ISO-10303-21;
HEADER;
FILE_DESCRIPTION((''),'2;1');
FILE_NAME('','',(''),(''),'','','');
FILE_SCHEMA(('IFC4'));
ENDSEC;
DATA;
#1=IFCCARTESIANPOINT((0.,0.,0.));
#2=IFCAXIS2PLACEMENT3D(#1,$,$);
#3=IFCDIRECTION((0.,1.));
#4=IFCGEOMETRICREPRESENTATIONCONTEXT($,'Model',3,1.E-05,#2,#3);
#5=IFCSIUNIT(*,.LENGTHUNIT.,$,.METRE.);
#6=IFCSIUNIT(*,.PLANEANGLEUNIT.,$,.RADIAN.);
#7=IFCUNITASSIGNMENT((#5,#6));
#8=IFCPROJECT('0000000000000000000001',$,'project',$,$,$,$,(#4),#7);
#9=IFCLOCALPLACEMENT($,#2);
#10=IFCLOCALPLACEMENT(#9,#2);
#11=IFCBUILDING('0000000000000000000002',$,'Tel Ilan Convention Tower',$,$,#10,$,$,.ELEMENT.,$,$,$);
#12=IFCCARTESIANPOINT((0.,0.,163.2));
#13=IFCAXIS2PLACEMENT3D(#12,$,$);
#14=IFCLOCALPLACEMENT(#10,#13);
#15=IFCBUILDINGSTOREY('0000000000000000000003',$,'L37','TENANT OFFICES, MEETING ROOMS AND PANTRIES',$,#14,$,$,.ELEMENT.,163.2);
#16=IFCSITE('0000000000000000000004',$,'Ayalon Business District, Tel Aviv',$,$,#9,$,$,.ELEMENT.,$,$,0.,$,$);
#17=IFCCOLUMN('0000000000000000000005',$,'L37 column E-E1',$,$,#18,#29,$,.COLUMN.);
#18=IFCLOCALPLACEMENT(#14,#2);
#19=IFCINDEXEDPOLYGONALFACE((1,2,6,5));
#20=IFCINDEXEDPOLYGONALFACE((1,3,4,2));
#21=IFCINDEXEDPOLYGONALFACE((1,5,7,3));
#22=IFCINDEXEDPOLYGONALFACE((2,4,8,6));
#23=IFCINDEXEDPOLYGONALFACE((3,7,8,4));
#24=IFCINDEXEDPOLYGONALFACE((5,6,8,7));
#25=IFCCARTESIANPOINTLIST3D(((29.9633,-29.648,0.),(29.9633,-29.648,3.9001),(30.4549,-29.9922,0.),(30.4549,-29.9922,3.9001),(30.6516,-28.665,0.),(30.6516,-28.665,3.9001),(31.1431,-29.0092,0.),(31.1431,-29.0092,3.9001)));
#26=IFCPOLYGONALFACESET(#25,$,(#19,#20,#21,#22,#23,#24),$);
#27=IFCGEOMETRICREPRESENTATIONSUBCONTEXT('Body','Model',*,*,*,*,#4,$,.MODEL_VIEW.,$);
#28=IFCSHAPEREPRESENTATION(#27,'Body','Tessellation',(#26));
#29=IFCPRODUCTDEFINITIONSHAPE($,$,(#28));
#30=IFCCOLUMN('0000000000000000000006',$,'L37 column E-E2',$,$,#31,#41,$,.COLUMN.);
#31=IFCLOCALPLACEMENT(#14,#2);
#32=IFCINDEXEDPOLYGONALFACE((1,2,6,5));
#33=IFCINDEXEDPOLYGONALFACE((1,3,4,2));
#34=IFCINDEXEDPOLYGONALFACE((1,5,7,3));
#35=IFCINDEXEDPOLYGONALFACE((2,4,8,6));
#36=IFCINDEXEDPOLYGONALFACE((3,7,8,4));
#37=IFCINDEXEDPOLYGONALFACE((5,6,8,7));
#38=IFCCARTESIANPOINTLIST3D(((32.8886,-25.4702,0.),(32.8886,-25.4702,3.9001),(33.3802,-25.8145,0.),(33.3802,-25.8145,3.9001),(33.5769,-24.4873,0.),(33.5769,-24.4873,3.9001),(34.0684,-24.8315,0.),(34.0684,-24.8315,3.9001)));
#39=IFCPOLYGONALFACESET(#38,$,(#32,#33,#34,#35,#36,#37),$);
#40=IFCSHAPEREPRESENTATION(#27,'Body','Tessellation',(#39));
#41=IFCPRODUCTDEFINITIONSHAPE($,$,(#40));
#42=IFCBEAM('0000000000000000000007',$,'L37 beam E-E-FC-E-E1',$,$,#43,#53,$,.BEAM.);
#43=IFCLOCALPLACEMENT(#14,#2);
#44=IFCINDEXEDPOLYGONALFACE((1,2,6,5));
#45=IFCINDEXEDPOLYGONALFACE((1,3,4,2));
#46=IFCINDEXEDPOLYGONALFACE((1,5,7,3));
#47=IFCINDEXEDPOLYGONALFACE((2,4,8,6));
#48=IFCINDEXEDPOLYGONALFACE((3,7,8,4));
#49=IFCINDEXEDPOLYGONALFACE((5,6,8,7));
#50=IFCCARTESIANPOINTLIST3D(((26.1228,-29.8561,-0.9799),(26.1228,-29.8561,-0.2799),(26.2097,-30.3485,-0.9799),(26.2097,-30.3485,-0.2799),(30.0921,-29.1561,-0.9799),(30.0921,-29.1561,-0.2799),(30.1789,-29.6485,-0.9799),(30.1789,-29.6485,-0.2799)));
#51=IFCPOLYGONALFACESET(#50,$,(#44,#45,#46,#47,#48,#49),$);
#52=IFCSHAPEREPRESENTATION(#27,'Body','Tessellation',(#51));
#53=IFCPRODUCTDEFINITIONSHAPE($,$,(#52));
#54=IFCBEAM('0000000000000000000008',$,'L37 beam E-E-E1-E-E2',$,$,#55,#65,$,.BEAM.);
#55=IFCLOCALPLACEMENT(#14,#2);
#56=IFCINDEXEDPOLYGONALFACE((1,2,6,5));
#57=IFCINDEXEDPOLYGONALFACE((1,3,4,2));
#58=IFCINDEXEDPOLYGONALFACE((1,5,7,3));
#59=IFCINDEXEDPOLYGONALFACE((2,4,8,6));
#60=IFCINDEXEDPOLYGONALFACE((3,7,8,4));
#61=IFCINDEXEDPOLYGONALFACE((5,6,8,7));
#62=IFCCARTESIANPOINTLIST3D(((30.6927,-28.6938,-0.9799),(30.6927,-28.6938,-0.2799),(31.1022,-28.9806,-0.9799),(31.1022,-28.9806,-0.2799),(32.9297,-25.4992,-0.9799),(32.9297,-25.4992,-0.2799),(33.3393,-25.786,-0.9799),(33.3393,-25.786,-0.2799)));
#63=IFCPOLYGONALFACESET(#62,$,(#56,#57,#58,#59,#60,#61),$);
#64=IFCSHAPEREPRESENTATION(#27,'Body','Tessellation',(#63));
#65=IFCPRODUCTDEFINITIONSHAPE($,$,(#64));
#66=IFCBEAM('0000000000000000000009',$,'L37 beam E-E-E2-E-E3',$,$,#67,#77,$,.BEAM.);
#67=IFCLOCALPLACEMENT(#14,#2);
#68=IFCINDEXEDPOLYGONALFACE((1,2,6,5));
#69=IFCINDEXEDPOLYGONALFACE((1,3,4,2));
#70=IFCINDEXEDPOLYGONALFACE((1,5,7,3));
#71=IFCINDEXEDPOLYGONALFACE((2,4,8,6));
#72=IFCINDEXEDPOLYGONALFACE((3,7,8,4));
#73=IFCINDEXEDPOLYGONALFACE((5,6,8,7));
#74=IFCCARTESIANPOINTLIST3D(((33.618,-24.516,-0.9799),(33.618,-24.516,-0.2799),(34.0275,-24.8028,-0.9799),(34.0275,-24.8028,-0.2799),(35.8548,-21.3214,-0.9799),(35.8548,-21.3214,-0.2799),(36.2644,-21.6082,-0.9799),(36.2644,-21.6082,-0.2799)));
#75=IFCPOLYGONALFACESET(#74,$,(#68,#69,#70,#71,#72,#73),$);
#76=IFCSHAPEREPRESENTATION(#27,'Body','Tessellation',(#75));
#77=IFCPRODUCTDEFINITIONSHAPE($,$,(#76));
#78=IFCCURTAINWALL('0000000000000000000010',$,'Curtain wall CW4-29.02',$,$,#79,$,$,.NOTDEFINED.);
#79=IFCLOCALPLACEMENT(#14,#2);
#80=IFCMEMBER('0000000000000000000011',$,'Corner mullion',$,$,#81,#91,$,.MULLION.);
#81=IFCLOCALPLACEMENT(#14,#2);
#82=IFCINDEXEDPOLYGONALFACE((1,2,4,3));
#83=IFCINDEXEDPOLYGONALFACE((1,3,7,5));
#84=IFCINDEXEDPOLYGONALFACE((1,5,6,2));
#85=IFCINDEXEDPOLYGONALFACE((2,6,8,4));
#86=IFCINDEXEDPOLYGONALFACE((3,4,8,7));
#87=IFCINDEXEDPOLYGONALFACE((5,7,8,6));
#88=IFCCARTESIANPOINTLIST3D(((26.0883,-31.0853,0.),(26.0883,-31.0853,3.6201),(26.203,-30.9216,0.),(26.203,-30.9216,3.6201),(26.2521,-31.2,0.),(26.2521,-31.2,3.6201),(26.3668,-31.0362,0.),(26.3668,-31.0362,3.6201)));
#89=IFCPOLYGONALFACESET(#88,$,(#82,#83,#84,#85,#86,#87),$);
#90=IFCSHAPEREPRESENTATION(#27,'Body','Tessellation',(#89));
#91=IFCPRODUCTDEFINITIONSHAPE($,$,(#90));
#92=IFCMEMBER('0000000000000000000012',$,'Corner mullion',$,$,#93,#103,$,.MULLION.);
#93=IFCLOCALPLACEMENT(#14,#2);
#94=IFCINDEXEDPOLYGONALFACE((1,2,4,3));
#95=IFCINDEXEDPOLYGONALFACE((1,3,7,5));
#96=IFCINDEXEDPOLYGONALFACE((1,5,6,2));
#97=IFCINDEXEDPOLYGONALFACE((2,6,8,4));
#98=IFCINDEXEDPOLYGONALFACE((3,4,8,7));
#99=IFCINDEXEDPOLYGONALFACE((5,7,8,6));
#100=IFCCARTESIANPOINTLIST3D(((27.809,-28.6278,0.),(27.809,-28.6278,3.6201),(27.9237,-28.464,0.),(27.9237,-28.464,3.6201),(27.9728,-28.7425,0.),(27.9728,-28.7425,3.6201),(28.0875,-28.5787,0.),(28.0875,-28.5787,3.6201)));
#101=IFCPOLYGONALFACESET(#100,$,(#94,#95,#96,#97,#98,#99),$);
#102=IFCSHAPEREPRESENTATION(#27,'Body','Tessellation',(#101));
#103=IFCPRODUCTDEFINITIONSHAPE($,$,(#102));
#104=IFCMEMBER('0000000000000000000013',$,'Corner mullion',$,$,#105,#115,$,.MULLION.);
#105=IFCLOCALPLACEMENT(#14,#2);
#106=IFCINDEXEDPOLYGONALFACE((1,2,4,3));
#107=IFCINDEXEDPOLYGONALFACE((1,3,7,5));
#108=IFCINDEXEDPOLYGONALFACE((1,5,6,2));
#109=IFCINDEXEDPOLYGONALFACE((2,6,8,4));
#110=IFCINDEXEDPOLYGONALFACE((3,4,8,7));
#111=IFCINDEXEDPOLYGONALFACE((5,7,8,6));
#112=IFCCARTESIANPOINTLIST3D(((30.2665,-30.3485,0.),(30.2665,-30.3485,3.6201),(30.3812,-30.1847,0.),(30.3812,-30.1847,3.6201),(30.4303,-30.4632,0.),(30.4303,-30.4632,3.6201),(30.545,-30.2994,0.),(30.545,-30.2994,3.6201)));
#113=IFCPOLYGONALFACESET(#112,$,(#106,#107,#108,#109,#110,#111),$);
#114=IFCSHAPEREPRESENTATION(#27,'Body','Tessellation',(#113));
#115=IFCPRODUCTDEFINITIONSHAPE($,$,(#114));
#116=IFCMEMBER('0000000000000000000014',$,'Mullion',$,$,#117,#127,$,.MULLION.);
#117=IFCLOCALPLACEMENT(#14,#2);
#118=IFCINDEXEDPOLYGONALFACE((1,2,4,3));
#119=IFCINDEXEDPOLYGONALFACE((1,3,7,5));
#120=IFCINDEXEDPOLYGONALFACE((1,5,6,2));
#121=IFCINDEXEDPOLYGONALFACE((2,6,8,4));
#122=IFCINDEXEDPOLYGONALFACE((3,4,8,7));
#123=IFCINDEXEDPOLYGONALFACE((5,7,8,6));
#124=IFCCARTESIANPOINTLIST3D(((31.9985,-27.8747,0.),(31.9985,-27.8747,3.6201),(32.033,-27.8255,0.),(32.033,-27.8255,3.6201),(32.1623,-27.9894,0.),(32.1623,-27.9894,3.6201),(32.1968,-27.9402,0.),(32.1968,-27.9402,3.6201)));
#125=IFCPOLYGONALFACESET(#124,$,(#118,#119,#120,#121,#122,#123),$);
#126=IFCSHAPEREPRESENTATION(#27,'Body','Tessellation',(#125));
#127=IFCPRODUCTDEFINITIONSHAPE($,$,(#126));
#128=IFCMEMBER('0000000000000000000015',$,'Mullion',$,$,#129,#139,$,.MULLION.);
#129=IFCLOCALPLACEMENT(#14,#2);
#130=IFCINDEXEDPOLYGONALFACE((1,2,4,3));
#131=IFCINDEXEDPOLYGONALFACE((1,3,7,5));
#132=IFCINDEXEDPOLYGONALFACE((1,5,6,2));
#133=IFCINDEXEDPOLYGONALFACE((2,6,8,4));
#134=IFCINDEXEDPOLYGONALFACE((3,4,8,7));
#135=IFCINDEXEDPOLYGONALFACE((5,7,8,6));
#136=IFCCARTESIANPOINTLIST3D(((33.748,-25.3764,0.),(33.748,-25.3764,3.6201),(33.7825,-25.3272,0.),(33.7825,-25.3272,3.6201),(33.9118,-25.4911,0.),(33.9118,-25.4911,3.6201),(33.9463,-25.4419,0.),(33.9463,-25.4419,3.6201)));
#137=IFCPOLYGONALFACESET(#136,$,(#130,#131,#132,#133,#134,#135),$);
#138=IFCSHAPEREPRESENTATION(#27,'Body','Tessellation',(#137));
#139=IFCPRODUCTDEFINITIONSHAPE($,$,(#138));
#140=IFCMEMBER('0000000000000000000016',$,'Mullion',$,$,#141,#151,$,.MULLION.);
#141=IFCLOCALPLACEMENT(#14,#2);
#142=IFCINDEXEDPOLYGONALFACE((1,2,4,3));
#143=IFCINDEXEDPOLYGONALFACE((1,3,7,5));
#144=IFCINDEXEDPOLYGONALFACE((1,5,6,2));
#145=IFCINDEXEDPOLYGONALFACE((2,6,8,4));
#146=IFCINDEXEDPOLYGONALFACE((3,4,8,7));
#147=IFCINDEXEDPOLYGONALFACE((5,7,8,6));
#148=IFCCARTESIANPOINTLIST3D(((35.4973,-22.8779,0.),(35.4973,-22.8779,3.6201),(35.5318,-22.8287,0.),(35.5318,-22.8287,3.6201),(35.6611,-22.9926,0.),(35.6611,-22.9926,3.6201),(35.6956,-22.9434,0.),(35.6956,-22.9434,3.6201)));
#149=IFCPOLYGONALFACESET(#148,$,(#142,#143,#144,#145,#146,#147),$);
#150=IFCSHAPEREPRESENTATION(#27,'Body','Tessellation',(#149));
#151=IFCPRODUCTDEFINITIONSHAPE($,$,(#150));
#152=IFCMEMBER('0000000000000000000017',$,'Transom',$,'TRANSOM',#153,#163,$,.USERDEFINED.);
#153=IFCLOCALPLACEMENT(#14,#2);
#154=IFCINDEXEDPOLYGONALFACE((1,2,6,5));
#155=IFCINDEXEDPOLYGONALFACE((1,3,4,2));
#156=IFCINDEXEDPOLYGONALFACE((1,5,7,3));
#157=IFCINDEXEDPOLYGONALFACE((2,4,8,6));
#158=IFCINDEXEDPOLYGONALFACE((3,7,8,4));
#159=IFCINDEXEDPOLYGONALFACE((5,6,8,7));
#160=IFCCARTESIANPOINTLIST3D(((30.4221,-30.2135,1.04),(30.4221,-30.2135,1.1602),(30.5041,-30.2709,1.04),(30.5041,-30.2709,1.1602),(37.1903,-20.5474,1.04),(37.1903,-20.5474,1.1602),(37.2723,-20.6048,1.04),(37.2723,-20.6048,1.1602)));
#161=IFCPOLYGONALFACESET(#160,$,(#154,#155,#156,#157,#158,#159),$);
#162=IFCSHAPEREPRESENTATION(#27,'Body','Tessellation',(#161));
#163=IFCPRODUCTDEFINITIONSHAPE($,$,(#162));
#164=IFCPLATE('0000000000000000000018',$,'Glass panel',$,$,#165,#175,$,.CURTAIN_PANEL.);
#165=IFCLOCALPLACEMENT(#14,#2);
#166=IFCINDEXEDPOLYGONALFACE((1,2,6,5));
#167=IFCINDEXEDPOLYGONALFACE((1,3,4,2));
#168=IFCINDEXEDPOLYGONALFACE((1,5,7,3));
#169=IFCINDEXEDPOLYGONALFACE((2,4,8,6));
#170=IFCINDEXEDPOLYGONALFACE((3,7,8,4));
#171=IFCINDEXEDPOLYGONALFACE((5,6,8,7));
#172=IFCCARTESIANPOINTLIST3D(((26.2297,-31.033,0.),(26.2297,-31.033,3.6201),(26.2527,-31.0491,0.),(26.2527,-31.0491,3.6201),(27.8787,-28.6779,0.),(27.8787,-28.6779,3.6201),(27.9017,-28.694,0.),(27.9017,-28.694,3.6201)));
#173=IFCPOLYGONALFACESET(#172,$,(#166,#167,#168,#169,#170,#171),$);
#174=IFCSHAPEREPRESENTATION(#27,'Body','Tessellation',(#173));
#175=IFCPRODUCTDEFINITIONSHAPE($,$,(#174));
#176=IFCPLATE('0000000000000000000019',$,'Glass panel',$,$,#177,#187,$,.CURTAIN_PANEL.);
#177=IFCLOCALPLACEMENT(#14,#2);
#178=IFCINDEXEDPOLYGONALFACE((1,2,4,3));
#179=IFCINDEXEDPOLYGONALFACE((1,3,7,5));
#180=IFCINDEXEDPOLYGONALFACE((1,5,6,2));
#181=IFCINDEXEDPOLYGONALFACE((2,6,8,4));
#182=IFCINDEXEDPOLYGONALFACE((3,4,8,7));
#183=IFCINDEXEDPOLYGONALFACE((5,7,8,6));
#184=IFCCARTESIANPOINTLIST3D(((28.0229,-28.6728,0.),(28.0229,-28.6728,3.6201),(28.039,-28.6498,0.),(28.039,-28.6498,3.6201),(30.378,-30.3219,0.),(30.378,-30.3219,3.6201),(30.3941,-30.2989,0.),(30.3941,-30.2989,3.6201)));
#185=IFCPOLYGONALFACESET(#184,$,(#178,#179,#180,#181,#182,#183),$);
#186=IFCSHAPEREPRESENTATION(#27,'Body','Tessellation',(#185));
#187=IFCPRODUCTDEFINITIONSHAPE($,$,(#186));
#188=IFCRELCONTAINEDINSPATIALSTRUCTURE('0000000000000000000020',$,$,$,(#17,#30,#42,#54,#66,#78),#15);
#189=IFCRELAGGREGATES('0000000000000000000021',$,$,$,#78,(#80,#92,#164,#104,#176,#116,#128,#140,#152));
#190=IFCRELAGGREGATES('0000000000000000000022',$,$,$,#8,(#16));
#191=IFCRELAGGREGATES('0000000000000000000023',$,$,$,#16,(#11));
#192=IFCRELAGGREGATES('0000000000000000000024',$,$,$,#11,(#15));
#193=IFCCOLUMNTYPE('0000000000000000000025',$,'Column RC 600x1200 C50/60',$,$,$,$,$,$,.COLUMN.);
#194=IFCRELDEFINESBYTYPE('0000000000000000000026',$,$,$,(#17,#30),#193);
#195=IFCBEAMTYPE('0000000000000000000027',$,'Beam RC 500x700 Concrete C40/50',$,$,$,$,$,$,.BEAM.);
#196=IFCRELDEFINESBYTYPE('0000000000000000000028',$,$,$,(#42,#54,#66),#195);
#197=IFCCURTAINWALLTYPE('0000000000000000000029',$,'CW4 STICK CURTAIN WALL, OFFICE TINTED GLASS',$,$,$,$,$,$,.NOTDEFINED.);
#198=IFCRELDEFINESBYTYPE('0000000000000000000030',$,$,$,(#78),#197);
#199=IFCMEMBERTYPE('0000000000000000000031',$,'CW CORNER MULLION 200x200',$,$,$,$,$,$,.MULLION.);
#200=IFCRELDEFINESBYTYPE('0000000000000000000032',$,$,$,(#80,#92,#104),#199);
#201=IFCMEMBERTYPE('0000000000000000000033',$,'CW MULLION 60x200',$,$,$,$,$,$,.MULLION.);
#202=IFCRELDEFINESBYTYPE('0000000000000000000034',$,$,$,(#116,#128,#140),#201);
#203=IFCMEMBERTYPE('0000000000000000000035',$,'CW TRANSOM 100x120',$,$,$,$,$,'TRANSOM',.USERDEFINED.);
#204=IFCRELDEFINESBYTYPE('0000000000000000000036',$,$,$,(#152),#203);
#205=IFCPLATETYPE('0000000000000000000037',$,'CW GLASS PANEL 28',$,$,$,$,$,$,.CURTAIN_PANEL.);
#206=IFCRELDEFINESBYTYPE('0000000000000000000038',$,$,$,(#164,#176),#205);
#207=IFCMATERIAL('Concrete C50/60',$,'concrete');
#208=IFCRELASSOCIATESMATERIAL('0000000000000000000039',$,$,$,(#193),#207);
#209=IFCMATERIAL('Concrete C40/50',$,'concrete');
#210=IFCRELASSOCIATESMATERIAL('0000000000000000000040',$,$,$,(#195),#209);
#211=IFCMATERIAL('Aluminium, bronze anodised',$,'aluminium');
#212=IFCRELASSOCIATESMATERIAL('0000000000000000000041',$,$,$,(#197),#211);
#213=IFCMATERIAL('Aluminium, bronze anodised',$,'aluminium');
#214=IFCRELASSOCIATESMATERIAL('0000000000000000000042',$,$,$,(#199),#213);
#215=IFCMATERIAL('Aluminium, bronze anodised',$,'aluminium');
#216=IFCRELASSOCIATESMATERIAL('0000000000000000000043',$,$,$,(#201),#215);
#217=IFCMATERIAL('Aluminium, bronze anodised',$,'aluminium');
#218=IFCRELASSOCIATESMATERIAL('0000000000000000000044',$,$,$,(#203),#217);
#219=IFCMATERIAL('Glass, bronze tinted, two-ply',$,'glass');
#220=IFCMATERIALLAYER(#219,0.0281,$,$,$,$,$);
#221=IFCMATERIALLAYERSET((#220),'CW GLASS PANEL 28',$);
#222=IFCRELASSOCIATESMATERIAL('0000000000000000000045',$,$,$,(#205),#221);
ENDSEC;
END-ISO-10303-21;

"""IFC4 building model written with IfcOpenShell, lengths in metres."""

from ifc_helpers import new_model, si_unit, direction, frame, origin, origin_2d, place, context, subcontext, project, spatial, rectangle, extrude, material, layer, layer_set, material_profile, profile_set, type_object, element, aggregate, save


model = new_model("IFC4")

# Units and contexts
model_context = context("Model", 3, precision=1e-05, world=origin(), true_north=direction((0.0, 1.0)))
body_context = subcontext(model_context, "Body", "Model", "MODEL_VIEW")
ifc_project = project(units=[si_unit("LENGTHUNIT", "METRE"), si_unit("PLANEANGLEUNIT", "RADIAN")], contexts=[model_context])

# Site, building, storey
site_placement = place(None, origin())
site = spatial("IfcSite", under=ifc_project, at=site_placement, Name="Ayalon Business District, Tel Aviv", CompositionType="ELEMENT", RefElevation=0.0)
building_placement = place(site_placement, origin())
building = spatial("IfcBuilding", under=site, at=building_placement, Name="Tel Ilan Convention Tower", CompositionType="ELEMENT")
storey_placement = place(building_placement, frame((0.0, 0.0, 163.2)))
storey = spatial("IfcBuildingStorey", under=building, at=storey_placement, Name="L37", Description="TENANT OFFICES, MEETING ROOMS AND PANTRIES", CompositionType="ELEMENT", Elevation=163.2)

# Columns
ifc_material_1 = material(Name="Concrete C50/60", Category="concrete")
ifc_material_profile_1 = material_profile(ifc_material_1, rectangle(XDim=1.2, YDim=0.6001, at=origin_2d()), Name="RC 600x1200")
ifc_profile_set_1 = profile_set([ifc_material_profile_1], Name="Concrete C50/60")
column_type = type_object("IfcColumnType", Name="Column RC 600x1200 C50/60", PredefinedType="COLUMN", material=ifc_profile_set_1)
for number, where, z_axis, x_axis, name in (
    (1, (30.5532, -29.3286, 0.0), (0.0, 0.0, 1.0), (0.573576, 0.819152, 0.0), "L37 column E-E1"),
    (2, (33.4785, -25.1509, 0.0), (0.0, 0.0, 1.0), (0.573576, 0.819152, 0.0), "L37 column E-E2"),
):
    element("IfcColumn", number, at=place(storey_placement, frame(where, z_axis=z_axis, x_axis=x_axis)), inside=storey, type_object=column_type, Name=name, PredefinedType="COLUMN", context=body_context, shape_type="SweptSolid", body=[
        extrude(rectangle(XDim=1.2, YDim=0.6001, at=origin_2d()), origin(), (0.0, 0.0, 1.0), 3.9001),
    ])

# Beams
ifc_material_2 = material(Name="Concrete C40/50", Category="concrete")
ifc_material_profile_2 = material_profile(ifc_material_2, rectangle(XDim=0.5, YDim=0.7, at=origin_2d()), Name="RC 500x700")
ifc_profile_set_2 = profile_set([ifc_material_profile_2], Name="Concrete C40/50")
beam_type = type_object("IfcBeamType", Name="Beam RC 500x700 Concrete C40/50", PredefinedType="BEAM", material=ifc_profile_set_2)
beam_placement = place(storey_placement, frame((26.1663, -30.1023, -0.6299), z_axis=(0.984805, 0.173664, 0.0), x_axis=(-0.173664, 0.984805, 0.0)))
element("IfcBeam", 3, at=beam_placement, inside=storey, type_object=beam_type, Name="L37 beam E-E-FC-E-E1", PredefinedType="BEAM", context=body_context, shape_type="SweptSolid", body=[
    extrude(rectangle(XDim=0.5, YDim=0.7, at=origin_2d()), origin(), (0.0, 0.0, 1.0), 4.0305),
])
for number, where, z_axis, x_axis, name in (
    (4, (30.8975, -28.8372, -0.6299), (0.573609, 0.819129, 0.0), (-0.819129, 0.573609, 0.0), "L37 beam E-E-E1-E-E2"),
    (5, (33.8228, -24.6594, -0.6299), (0.573567, 0.819158, 0.0), (-0.819158, 0.573567, 0.0), "L37 beam E-E-E2-E-E3"),
):
    element("IfcBeam", number, at=place(storey_placement, frame(where, z_axis=z_axis, x_axis=x_axis)), inside=storey, type_object=beam_type, Name=name, PredefinedType="BEAM", context=body_context, shape_type="SweptSolid", body=[
        extrude(rectangle(XDim=0.5, YDim=0.7, at=origin_2d()), origin(), (0.0, 0.0, 1.0), 3.8999),
    ])

# Curtain wall, members, plates
ifc_material_3 = material(Name="Aluminium, bronze anodised", Category="aluminium")
curtain_wall_type = type_object("IfcCurtainWallType", Name="CW4 STICK CURTAIN WALL, OFFICE TINTED GLASS", PredefinedType="NOTDEFINED", material=ifc_material_3)
curtain_wall_placement = place(storey_placement, origin())
curtain_wall = element("IfcCurtainWall", 6, at=curtain_wall_placement, inside=storey, type_object=curtain_wall_type, Name="Curtain wall CW4-29.02", PredefinedType="NOTDEFINED")
ifc_material_4 = material(Name="Aluminium, bronze anodised", Category="aluminium")
ifc_material_profile_3 = material_profile(ifc_material_4, rectangle(XDim=0.2, YDim=0.2, at=origin_2d()), Name="CW CORNER MULLION 200x200")
ifc_profile_set_3 = profile_set([ifc_material_profile_3], Name="Aluminium, bronze anodised")
member_type_1 = type_object("IfcMemberType", Name="CW CORNER MULLION 200x200", PredefinedType="MULLION", material=ifc_profile_set_3)
member_1_placement = place(storey_placement, frame((26.2275, -31.0608, 0.0), z_axis=(0.0, 0.0, 1.0), x_axis=(0.819152, -0.573576, 0.0)))
member_1 = element("IfcMember", 7, at=member_1_placement, type_object=member_type_1, Name="Corner mullion", PredefinedType="MULLION", context=body_context, shape_type="SweptSolid", body=[
    extrude(rectangle(XDim=0.2, YDim=0.2, at=origin_2d()), origin(), (0.0, 0.0, 1.0), 3.6201),
])
member_2_placement = place(storey_placement, frame((27.9482, -28.6033, 0.0), z_axis=(0.0, 0.0, 1.0), x_axis=(0.573576, 0.819152, 0.0)))
member_2 = element("IfcMember", 8, at=member_2_placement, type_object=member_type_1, Name="Corner mullion", PredefinedType="MULLION", context=body_context, shape_type="SweptSolid", body=[
    extrude(rectangle(XDim=0.2, YDim=0.2, at=origin_2d()), origin(), (0.0, 0.0, 1.0), 3.6201),
])
member_3_placement = place(storey_placement, frame((30.4058, -30.324, 0.0), z_axis=(0.0, 0.0, 1.0), x_axis=(0.819152, -0.573576, 0.0)))
member_3 = element("IfcMember", 9, at=member_3_placement, type_object=member_type_1, Name="Corner mullion", PredefinedType="MULLION", context=body_context, shape_type="SweptSolid", body=[
    extrude(rectangle(XDim=0.2, YDim=0.2, at=origin_2d()), origin(), (0.0, 0.0, 1.0), 3.6201),
])
ifc_material_5 = material(Name="Aluminium, bronze anodised", Category="aluminium")
ifc_material_profile_4 = material_profile(ifc_material_5, rectangle(XDim=0.0601, YDim=0.2, at=origin_2d()), Name="CW MULLION 60x200")
ifc_profile_set_4 = profile_set([ifc_material_profile_4], Name="Aluminium, bronze anodised")
member_type_2 = type_object("IfcMemberType", Name="CW MULLION 60x200", PredefinedType="MULLION", material=ifc_profile_set_4)
member_4_placement = place(storey_placement, frame((32.0977, -27.9075, 0.0), z_axis=(0.0, 0.0, 1.0), x_axis=(0.573576, 0.819152, 0.0)))
member_4 = element("IfcMember", 10, at=member_4_placement, type_object=member_type_2, Name="Mullion", PredefinedType="MULLION", context=body_context, shape_type="SweptSolid", body=[
    extrude(rectangle(XDim=0.0601, YDim=0.2, at=origin_2d()), origin(), (0.0, 0.0, 1.0), 3.6201),
])
member_5_placement = place(storey_placement, frame((33.8472, -25.4092, 0.0), z_axis=(0.0, 0.0, 1.0), x_axis=(0.573576, 0.819152, 0.0)))
member_5 = element("IfcMember", 11, at=member_5_placement, type_object=member_type_2, Name="Mullion", PredefinedType="MULLION", context=body_context, shape_type="SweptSolid", body=[
    extrude(rectangle(XDim=0.0601, YDim=0.2, at=origin_2d()), origin(), (0.0, 0.0, 1.0), 3.6201),
])
member_6_placement = place(storey_placement, frame((35.5964, -22.9106, 0.0), z_axis=(0.0, 0.0, 1.0), x_axis=(0.573576, 0.819152, 0.0)))
member_6 = element("IfcMember", 12, at=member_6_placement, type_object=member_type_2, Name="Mullion", PredefinedType="MULLION", context=body_context, shape_type="SweptSolid", body=[
    extrude(rectangle(XDim=0.0601, YDim=0.2, at=origin_2d()), origin(), (0.0, 0.0, 1.0), 3.6201),
])
ifc_material_6 = material(Name="Aluminium, bronze anodised", Category="aluminium")
ifc_material_profile_5 = material_profile(ifc_material_6, rectangle(XDim=0.1001, YDim=0.1201, at=origin_2d()), Name="CW TRANSOM 100x120")
ifc_profile_set_5 = profile_set([ifc_material_profile_5], Name="Aluminium, bronze anodised")
member_type_3 = type_object("IfcMemberType", Name="CW TRANSOM 100x120", ElementType="TRANSOM", PredefinedType="USERDEFINED", material=ifc_profile_set_5)
member_7_placement = place(storey_placement, frame((30.4631, -30.2422, 1.1001), z_axis=(0.573568, 0.819158, 0.0), x_axis=(-0.819158, 0.573568, 0.0)))
member_7 = element("IfcMember", 13, at=member_7_placement, type_object=member_type_3, Name="Transom", ObjectType="TRANSOM", PredefinedType="USERDEFINED", context=body_context, shape_type="SweptSolid", body=[
    extrude(rectangle(XDim=0.1001, YDim=0.1201, at=origin_2d()), origin(), (0.0, 0.0, 1.0), 11.8),
])
ifc_material_7 = material(Name="Glass, bronze tinted, two-ply", Category="glass")
ifc_layer_1 = layer(ifc_material_7, 0.0281)
ifc_layer_set_1 = layer_set([ifc_layer_1], Name="CW GLASS PANEL 28")
plate_type = type_object("IfcPlateType", Name="CW GLASS PANEL 28", PredefinedType="CURTAIN_PANEL", material=ifc_layer_set_1)
plate_1_placement = place(storey_placement, frame((27.0657, -29.8635, 0.0), z_axis=(0.0, 0.0, 1.0), x_axis=(0.573576, 0.819152, 0.0)))
plate_1 = element("IfcPlate", 14, at=plate_1_placement, type_object=plate_type, Name="Glass panel", PredefinedType="CURTAIN_PANEL", context=body_context, shape_type="SweptSolid", body=[
    extrude(rectangle(XDim=2.875, YDim=0.0281, at=origin_2d()), origin(), (0.0, 0.0, 1.0), 3.6201),
])
plate_2_placement = place(storey_placement, frame((29.2085, -29.4858, 0.0), z_axis=(0.0, 0.0, 1.0), x_axis=(0.819152, -0.573576, 0.0)))
plate_2 = element("IfcPlate", 15, at=plate_2_placement, type_object=plate_type, Name="Glass panel", PredefinedType="CURTAIN_PANEL", context=body_context, shape_type="SweptSolid", body=[
    extrude(rectangle(XDim=2.875, YDim=0.0281, at=origin_2d()), origin(), (0.0, 0.0, 1.0), 3.6201),
])
aggregate(curtain_wall, [member_1, member_2, plate_1, member_3, plate_2, member_4, member_5, member_6, member_7])

save(model, "model.ifc")
